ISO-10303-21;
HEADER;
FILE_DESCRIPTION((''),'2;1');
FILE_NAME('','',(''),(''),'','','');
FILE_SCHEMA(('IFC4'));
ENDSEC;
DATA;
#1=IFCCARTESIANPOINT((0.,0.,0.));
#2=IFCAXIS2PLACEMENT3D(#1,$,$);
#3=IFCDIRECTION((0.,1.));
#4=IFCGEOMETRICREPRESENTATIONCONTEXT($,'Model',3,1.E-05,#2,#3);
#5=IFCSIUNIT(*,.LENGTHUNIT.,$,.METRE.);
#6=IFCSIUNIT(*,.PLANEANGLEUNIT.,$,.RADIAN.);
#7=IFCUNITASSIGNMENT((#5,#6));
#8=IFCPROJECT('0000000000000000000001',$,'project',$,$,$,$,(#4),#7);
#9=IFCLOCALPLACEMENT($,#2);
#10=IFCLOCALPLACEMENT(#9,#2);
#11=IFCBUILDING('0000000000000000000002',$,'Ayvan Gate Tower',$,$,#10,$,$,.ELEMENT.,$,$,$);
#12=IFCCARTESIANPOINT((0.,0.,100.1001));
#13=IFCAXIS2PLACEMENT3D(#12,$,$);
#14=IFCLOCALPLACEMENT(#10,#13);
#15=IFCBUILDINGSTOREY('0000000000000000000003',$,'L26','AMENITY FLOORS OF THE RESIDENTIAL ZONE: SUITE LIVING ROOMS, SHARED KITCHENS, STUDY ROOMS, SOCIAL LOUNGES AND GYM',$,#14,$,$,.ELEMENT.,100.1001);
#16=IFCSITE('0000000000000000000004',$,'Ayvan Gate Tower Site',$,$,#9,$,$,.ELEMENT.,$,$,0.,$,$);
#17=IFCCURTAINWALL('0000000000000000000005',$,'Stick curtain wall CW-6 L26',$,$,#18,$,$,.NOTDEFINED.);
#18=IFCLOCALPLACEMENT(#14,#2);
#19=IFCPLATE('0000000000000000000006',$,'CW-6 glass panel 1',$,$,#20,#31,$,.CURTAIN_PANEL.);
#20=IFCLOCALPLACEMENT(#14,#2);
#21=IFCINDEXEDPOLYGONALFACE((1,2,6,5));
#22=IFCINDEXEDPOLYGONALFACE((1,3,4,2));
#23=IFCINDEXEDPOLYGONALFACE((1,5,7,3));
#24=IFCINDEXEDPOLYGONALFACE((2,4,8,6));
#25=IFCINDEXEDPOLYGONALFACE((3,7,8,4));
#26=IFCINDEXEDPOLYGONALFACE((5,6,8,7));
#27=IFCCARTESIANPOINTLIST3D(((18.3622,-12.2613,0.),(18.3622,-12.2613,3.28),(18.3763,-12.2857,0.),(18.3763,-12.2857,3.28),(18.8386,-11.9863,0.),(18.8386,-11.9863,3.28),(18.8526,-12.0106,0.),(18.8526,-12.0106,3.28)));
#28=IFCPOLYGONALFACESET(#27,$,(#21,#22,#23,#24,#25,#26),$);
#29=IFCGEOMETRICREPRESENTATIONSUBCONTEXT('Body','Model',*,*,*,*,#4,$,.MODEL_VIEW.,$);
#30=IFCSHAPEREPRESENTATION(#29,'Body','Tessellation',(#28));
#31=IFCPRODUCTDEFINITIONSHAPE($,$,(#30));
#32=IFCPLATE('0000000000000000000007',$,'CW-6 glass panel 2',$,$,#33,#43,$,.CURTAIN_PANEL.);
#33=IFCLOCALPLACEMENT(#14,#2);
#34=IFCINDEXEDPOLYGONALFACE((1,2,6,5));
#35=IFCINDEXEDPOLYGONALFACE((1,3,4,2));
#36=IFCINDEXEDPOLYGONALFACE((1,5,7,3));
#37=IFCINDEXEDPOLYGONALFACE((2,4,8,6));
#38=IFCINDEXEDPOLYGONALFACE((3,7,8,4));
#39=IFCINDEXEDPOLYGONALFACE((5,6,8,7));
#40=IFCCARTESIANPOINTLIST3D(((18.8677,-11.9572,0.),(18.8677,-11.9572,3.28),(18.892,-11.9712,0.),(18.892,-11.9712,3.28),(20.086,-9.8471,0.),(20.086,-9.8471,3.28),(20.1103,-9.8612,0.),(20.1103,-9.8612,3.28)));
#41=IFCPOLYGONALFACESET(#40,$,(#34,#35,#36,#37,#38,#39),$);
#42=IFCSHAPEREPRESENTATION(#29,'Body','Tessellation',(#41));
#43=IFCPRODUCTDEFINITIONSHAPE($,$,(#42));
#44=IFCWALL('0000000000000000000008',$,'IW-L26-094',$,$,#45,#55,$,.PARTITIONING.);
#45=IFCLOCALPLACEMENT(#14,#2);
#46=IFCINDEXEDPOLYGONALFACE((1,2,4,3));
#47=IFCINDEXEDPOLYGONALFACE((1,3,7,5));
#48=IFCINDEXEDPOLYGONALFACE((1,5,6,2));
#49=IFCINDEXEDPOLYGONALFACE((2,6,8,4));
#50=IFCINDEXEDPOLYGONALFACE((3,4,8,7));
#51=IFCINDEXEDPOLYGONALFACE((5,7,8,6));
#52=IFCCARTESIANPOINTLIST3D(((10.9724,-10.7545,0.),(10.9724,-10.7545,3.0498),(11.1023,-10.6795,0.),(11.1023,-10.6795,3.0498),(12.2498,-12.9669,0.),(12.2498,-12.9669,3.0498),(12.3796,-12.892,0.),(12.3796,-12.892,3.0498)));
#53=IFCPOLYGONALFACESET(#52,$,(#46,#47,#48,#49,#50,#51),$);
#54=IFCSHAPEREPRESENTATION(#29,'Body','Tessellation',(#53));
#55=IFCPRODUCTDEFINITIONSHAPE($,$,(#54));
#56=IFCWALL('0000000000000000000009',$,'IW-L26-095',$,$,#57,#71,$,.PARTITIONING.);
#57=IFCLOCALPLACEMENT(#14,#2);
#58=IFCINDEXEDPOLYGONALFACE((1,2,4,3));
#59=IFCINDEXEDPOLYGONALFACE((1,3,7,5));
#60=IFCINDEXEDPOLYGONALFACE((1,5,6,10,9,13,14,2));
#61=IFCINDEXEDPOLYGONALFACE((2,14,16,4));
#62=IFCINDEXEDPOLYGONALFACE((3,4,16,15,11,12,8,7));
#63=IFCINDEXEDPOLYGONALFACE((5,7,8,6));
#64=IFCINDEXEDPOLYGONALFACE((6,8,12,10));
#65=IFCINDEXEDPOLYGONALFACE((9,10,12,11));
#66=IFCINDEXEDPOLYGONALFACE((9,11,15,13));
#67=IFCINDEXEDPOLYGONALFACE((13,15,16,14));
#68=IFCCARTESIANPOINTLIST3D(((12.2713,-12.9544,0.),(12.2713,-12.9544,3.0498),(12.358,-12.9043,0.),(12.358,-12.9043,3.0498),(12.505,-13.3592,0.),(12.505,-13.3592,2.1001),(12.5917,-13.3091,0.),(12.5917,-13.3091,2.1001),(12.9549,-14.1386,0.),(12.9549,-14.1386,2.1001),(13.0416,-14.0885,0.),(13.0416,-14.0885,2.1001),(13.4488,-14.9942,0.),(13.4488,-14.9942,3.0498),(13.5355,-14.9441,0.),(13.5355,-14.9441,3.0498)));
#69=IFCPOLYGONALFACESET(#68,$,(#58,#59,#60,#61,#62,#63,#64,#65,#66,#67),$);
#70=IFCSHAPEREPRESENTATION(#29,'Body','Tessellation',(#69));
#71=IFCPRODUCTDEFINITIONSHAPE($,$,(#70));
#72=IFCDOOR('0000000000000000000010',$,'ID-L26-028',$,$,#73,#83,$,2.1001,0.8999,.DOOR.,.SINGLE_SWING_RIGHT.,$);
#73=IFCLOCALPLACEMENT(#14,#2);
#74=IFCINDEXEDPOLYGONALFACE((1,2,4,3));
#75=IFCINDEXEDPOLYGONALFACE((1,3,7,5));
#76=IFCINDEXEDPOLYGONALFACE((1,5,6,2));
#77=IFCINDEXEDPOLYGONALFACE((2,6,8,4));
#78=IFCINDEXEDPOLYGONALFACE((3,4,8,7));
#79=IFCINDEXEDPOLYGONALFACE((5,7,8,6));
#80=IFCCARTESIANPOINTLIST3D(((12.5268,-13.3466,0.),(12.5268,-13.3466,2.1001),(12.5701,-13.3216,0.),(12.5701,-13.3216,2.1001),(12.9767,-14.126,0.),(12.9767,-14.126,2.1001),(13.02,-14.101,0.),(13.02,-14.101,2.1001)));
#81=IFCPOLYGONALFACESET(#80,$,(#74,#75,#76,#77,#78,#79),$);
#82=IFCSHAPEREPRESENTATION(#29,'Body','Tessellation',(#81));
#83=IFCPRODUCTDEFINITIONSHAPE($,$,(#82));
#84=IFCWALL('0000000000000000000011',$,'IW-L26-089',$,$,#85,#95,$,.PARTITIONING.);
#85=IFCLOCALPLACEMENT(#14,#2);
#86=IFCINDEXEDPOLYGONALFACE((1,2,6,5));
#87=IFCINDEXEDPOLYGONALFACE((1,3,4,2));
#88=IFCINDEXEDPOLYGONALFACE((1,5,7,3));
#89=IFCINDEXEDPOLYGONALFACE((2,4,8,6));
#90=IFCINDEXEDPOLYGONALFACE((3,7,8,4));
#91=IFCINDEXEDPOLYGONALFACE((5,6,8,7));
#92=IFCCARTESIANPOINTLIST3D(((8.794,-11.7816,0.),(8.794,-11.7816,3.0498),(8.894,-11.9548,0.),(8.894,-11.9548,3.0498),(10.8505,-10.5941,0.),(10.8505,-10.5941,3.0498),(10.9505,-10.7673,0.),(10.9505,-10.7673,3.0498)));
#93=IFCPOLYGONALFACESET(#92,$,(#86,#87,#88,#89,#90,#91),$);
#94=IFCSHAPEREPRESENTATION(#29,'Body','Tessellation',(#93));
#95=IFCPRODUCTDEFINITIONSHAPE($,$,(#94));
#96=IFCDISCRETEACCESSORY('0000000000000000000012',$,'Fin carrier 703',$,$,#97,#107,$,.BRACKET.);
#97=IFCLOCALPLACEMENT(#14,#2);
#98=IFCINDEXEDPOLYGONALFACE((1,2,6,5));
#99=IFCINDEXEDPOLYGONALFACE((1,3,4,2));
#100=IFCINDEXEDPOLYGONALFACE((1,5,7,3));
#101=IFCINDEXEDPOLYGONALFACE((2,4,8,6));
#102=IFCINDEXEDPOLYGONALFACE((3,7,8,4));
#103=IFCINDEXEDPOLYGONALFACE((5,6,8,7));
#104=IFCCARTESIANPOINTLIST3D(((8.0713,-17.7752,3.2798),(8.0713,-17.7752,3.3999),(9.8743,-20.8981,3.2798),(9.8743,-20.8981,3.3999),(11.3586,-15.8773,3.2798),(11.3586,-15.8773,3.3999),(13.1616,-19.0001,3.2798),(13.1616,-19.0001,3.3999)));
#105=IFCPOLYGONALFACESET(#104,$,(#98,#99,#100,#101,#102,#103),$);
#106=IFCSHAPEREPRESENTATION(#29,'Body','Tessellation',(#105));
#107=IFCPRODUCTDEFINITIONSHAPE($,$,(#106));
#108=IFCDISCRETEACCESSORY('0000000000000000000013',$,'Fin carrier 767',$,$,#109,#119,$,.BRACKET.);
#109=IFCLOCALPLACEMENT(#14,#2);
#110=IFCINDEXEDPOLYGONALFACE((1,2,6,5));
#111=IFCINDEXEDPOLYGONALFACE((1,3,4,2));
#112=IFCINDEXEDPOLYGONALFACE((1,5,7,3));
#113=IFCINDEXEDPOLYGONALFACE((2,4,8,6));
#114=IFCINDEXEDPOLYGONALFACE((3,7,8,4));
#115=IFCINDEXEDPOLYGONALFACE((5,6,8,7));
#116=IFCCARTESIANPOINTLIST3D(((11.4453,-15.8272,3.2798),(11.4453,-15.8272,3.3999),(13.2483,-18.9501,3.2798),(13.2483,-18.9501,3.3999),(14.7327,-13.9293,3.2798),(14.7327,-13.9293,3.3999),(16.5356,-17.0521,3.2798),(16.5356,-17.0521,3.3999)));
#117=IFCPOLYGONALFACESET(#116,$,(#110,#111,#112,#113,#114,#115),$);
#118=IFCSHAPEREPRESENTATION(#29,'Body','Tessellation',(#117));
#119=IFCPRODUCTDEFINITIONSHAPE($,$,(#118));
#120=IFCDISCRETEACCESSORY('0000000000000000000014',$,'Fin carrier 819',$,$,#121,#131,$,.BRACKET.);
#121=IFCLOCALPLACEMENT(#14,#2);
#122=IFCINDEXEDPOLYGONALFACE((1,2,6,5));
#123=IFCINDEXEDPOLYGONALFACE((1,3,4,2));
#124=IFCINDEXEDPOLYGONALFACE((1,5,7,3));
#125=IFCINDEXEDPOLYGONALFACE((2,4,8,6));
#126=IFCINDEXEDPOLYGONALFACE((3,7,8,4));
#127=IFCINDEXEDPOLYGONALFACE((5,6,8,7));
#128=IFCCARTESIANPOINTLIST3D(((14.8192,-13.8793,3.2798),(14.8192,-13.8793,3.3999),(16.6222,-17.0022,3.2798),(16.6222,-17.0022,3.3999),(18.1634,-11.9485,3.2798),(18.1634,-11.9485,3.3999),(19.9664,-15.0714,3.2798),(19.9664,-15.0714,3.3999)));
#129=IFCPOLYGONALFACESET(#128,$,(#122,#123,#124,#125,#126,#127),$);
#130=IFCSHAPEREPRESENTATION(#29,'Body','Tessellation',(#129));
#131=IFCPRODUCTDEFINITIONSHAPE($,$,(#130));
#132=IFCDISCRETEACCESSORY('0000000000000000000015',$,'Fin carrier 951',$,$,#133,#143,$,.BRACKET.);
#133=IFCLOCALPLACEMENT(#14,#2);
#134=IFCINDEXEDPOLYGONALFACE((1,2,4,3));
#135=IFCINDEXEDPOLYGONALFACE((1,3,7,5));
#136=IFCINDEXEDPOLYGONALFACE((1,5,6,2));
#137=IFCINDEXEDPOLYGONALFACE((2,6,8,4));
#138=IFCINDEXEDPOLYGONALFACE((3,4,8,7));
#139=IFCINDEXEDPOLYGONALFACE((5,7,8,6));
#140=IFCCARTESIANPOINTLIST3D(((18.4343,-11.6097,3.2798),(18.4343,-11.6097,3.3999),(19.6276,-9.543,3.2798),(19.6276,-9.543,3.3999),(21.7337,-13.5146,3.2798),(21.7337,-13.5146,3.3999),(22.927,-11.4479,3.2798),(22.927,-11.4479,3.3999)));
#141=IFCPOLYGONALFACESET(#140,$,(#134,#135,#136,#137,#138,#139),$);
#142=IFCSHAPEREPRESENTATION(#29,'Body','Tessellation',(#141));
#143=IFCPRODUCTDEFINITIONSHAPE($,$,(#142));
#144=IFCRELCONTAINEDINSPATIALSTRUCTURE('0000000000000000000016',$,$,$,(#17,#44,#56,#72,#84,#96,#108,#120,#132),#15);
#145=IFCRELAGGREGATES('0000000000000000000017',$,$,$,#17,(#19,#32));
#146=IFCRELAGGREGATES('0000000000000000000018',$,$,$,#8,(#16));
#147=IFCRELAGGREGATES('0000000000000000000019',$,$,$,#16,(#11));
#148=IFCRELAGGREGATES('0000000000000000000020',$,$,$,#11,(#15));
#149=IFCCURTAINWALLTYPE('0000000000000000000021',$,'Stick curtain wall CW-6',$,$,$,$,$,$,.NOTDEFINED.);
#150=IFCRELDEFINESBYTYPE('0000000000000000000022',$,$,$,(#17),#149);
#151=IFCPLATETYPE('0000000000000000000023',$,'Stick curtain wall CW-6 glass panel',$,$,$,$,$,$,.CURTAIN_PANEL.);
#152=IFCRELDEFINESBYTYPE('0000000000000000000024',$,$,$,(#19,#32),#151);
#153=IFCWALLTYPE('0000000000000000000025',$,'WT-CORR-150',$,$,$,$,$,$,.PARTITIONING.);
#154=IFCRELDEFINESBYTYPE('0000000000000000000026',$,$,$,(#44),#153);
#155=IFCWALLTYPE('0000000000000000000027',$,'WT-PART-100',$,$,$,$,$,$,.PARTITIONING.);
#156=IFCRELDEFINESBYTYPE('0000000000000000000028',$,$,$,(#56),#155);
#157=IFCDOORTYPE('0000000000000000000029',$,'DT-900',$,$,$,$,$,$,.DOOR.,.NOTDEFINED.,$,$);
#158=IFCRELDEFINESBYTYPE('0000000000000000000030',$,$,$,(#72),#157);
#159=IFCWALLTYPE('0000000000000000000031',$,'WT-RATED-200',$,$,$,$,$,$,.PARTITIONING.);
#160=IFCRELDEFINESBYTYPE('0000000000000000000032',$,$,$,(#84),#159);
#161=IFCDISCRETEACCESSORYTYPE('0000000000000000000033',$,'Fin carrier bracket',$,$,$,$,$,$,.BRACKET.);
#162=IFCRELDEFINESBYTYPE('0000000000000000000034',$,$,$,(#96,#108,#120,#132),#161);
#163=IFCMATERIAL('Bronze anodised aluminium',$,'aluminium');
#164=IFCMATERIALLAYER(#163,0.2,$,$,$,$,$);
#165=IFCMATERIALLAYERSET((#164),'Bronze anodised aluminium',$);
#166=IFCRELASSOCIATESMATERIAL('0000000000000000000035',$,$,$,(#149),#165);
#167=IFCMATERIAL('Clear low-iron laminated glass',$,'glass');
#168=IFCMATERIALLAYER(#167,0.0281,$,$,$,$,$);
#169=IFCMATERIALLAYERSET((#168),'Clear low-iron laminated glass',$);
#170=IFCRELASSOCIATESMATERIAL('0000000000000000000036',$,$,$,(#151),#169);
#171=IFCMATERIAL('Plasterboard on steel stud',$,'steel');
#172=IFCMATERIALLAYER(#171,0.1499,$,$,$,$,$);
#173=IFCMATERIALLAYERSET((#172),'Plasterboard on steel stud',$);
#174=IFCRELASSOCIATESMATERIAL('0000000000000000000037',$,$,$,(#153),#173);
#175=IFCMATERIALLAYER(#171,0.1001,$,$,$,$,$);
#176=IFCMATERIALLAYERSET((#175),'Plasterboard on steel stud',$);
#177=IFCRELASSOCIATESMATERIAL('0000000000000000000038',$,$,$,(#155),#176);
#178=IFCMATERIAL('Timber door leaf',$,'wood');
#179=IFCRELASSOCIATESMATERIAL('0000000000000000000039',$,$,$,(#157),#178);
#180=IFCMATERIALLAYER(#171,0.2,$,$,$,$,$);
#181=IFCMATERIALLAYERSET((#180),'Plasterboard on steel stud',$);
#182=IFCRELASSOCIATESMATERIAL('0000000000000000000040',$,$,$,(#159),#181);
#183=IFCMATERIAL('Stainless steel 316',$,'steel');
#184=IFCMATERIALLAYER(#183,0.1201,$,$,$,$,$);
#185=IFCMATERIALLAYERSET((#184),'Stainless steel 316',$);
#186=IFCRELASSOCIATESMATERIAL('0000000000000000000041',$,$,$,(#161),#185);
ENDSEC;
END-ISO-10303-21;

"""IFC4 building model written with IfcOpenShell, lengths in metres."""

from ifc_helpers import new_model, si_unit, direction, frame, frame_2d, origin, origin_2d, place, context, subcontext, project, spatial, rectangle, extrude, material, layer, layer_set, type_object, element, fill, aggregate, save


model = new_model("IFC4")

# Units and contexts
model_context = context("Model", 3, precision=1e-05, world=origin(), true_north=direction((0.0, 1.0)))
body_context = subcontext(model_context, "Body", "Model", "MODEL_VIEW")
ifc_project = project(units=[si_unit("LENGTHUNIT", "METRE"), si_unit("PLANEANGLEUNIT", "RADIAN")], contexts=[model_context])

# Site, building, storey
site_placement = place(None, origin())
site = spatial("IfcSite", under=ifc_project, at=site_placement, Name="Ayvan Gate Tower Site", CompositionType="ELEMENT", RefElevation=0.0)
building_placement = place(site_placement, origin())
building = spatial("IfcBuilding", under=site, at=building_placement, Name="Ayvan Gate Tower", CompositionType="ELEMENT")
storey_placement = place(building_placement, frame((0.0, 0.0, 100.1001)))
storey = spatial("IfcBuildingStorey", under=building, at=storey_placement, Name="L26", Description="AMENITY FLOORS OF THE RESIDENTIAL ZONE: SUITE LIVING ROOMS, SHARED KITCHENS, STUDY ROOMS, SOCIAL LOUNGES AND GYM", CompositionType="ELEMENT", Elevation=100.1001)

# Curtain wall
ifc_material_1 = material(Name="Bronze anodised aluminium", Category="aluminium")
ifc_layer_1 = layer(ifc_material_1, 0.2)
ifc_layer_set_1 = layer_set([ifc_layer_1], Name="Bronze anodised aluminium")
curtain_wall_type_1 = type_object("IfcCurtainWallType", Name="Stick curtain wall CW-6", PredefinedType="NOTDEFINED", material=ifc_layer_set_1)
curtain_wall_1_placement = place(storey_placement, origin())
curtain_wall_1 = element("IfcCurtainWall", 1, at=curtain_wall_1_placement, inside=storey, type_object=curtain_wall_type_1, Name="Stick curtain wall CW-6 L26", PredefinedType="NOTDEFINED")

# Plates
ifc_material_2 = material(Name="Clear low-iron laminated glass", Category="glass")
ifc_layer_2 = layer(ifc_material_2, 0.0281)
ifc_layer_set_2 = layer_set([ifc_layer_2], Name="Clear low-iron laminated glass")
plate_type_1 = type_object("IfcPlateType", Name="Stick curtain wall CW-6 glass panel", PredefinedType="CURTAIN_PANEL", material=ifc_layer_set_2)
plate_1_placement = place(storey_placement, frame((18.6074, -12.136, 0.0), z_axis=(0.0, 0.0, 1.0), x_axis=(0.866025, 0.5, 0.0)))
plate_1 = element("IfcPlate", 2, at=plate_1_placement, type_object=plate_type_1, Name="CW-6 glass panel 1", PredefinedType="CURTAIN_PANEL", context=body_context, shape_type="SweptSolid", body=[
    extrude(rectangle(XDim=0.55, YDim=0.0281, at=origin_2d()), origin(), (0.0, 0.0, 1.0), 3.28),
])
plate_2_placement = place(storey_placement, frame((19.489, -10.9092, 0.0), z_axis=(0.0, 0.0, 1.0), x_axis=(0.5, 0.866025, 0.0)))
plate_2 = element("IfcPlate", 3, at=plate_2_placement, type_object=plate_type_1, Name="CW-6 glass panel 2", PredefinedType="CURTAIN_PANEL", context=body_context, shape_type="SweptSolid", body=[
    extrude(rectangle(XDim=2.4365, YDim=0.0281, at=origin_2d()), origin(), (0.0, 0.0, 1.0), 3.28),
])
aggregate(curtain_wall_1, [plate_1, plate_2])

# Wall
ifc_material_3 = material(Name="Plasterboard on steel stud", Category="steel")
ifc_layer_3 = layer(ifc_material_3, 0.1499)
ifc_layer_set_3 = layer_set([ifc_layer_3], Name="Plasterboard on steel stud")
wall_type_1 = type_object("IfcWallType", Name="WT-CORR-150", PredefinedType="PARTITIONING", material=ifc_layer_set_3)
wall_1_placement = place(storey_placement, frame((12.3147, -12.9294, 0.0), z_axis=(0.0, 0.0, 1.0), x_axis=(-0.500004, 0.866023, 0.0)))
element("IfcWall", 4, at=wall_1_placement, inside=storey, type_object=wall_type_1, Name="IW-L26-094", PredefinedType="PARTITIONING", context=body_context, shape_type="SweptSolid", body=[
    extrude(rectangle(XDim=2.5547, YDim=0.1499, at=frame_2d((1.2773, 0.0))), origin(), (0.0, 0.0, 1.0), 3.0498),
])

# Wall, opening, door
ifc_layer_4 = layer(ifc_material_3, 0.1001)
ifc_layer_set_4 = layer_set([ifc_layer_4], Name="Plasterboard on steel stud")
wall_type_2 = type_object("IfcWallType", Name="WT-PART-100", PredefinedType="PARTITIONING", material=ifc_layer_set_4)
wall_2_placement = place(storey_placement, frame((13.4922, -14.9692, 0.0), z_axis=(0.0, 0.0, 1.0), x_axis=(-0.499941, 0.86606, 0.0)))
wall_2 = element("IfcWall", 5, at=wall_2_placement, inside=storey, type_object=wall_type_2, Name="IW-L26-095", PredefinedType="PARTITIONING", context=body_context, shape_type="SweptSolid", body=[
    extrude(rectangle(XDim=2.3552, YDim=0.1001, at=frame_2d((1.1777, 0.0))), origin(), (0.0, 0.0, 1.0), 3.0498),
])
opening_placement = place(wall_2_placement, frame((0.988, 0.0, 0.0)))
opening = element("IfcOpeningElement", 6, at=opening_placement, cuts=wall_2, PredefinedType="OPENING", context=body_context, shape_type="SweptSolid", body=[
    extrude(rectangle(XDim=0.8999, YDim=2.1001, at=frame_2d((0.45, 1.05))), frame((0.0, 0.0601, 0.0), z_axis=(0.0, -1.0, 0.0), x_axis=(1.0, 0.0, 0.0)), (0.0, 0.0, 1.0), 0.1201),
])
ifc_material_4 = material(Name="Timber door leaf", Category="wood")
door_type = type_object("IfcDoorType", Name="DT-900", OperationType="NOTDEFINED", PredefinedType="DOOR", material=ifc_material_4)
door_placement = place(opening_placement, origin())
door = element("IfcDoor", 7, at=door_placement, inside=storey, type_object=door_type, Name="ID-L26-028", OperationType="SINGLE_SWING_RIGHT", OverallHeight=2.1001, OverallWidth=0.8999, PredefinedType="DOOR", context=body_context, shape_type="SweptSolid", body=[
    extrude(rectangle(XDim=0.8999, YDim=2.1001, at=frame_2d((0.45, 1.05))), frame((0.0, 0.0249, 0.0), z_axis=(0.0, -1.0, 0.0), x_axis=(1.0, 0.0, 0.0)), (0.0, 0.0, 1.0), 0.05),
])
fill(opening, door)

# Wall
ifc_layer_5 = layer(ifc_material_3, 0.2)
ifc_layer_set_5 = layer_set([ifc_layer_5], Name="Plasterboard on steel stud")
wall_type_3 = type_object("IfcWallType", Name="WT-RATED-200", PredefinedType="PARTITIONING", material=ifc_layer_set_5)
wall_3_placement = place(storey_placement, frame((10.9006, -10.6807, 0.0), z_axis=(0.0, 0.0, 1.0), x_axis=(-0.866008, -0.500031, 0.0)))
element("IfcWall", 8, at=wall_3_placement, inside=storey, type_object=wall_type_3, Name="IW-L26-089", PredefinedType="PARTITIONING", context=body_context, shape_type="SweptSolid", body=[
    extrude(rectangle(XDim=2.3748, YDim=0.2, at=frame_2d((1.1875, 0.0))), origin(), (0.0, 0.0, 1.0), 3.0498),
])

# Discrete accessories
ifc_material_5 = material(Name="Stainless steel 316", Category="steel")
ifc_layer_6 = layer(ifc_material_5, 0.1201)
ifc_layer_set_6 = layer_set([ifc_layer_6], Name="Stainless steel 316")
discrete_accessory_type = type_object("IfcDiscreteAccessoryType", Name="Fin carrier bracket", PredefinedType="BRACKET", material=ifc_layer_set_6)
for number, where, z_axis, x_axis, name in (
    (9, (10.6165, -18.3877, 3.2798), (0.0, 0.0, 1.0), (0.866025, 0.5, 0.0), "Fin carrier 703"),
    (10, (13.9905, -16.4397, 3.2798), (0.0, 0.0, 1.0), (0.866025, 0.5, 0.0), "Fin carrier 767"),
):
    element("IfcDiscreteAccessory", number, at=place(storey_placement, frame(where, z_axis=z_axis, x_axis=x_axis)), inside=storey, type_object=discrete_accessory_type, Name=name, PredefinedType="BRACKET", context=body_context, shape_type="SweptSolid", body=[
        extrude(rectangle(XDim=3.7959, YDim=3.606, at=origin_2d()), origin(), (0.0, 0.0, 1.0), 0.1201),
    ])
discrete_accessory_1_placement = place(storey_placement, frame((17.3928, -14.4753, 3.2798), z_axis=(0.0, 0.0, 1.0), x_axis=(0.866025, 0.5, 0.0)))
element("IfcDiscreteAccessory", 11, at=discrete_accessory_1_placement, inside=storey, type_object=discrete_accessory_type, Name="Fin carrier 819", PredefinedType="BRACKET", context=body_context, shape_type="SweptSolid", body=[
    extrude(rectangle(XDim=3.8616, YDim=3.606, at=origin_2d()), origin(), (0.0, 0.0, 1.0), 0.1201),
])
discrete_accessory_2_placement = place(storey_placement, frame((20.6807, -11.5288, 3.2798), z_axis=(0.0, 0.0, 1.0), x_axis=(0.5, 0.866025, 0.0)))
element("IfcDiscreteAccessory", 12, at=discrete_accessory_2_placement, inside=storey, type_object=discrete_accessory_type, Name="Fin carrier 951", PredefinedType="BRACKET", context=body_context, shape_type="SweptSolid", body=[
    extrude(rectangle(XDim=2.3865, YDim=3.8098, at=origin_2d()), origin(), (0.0, 0.0, 1.0), 0.1201),
])

save(model, "model.ifc")
